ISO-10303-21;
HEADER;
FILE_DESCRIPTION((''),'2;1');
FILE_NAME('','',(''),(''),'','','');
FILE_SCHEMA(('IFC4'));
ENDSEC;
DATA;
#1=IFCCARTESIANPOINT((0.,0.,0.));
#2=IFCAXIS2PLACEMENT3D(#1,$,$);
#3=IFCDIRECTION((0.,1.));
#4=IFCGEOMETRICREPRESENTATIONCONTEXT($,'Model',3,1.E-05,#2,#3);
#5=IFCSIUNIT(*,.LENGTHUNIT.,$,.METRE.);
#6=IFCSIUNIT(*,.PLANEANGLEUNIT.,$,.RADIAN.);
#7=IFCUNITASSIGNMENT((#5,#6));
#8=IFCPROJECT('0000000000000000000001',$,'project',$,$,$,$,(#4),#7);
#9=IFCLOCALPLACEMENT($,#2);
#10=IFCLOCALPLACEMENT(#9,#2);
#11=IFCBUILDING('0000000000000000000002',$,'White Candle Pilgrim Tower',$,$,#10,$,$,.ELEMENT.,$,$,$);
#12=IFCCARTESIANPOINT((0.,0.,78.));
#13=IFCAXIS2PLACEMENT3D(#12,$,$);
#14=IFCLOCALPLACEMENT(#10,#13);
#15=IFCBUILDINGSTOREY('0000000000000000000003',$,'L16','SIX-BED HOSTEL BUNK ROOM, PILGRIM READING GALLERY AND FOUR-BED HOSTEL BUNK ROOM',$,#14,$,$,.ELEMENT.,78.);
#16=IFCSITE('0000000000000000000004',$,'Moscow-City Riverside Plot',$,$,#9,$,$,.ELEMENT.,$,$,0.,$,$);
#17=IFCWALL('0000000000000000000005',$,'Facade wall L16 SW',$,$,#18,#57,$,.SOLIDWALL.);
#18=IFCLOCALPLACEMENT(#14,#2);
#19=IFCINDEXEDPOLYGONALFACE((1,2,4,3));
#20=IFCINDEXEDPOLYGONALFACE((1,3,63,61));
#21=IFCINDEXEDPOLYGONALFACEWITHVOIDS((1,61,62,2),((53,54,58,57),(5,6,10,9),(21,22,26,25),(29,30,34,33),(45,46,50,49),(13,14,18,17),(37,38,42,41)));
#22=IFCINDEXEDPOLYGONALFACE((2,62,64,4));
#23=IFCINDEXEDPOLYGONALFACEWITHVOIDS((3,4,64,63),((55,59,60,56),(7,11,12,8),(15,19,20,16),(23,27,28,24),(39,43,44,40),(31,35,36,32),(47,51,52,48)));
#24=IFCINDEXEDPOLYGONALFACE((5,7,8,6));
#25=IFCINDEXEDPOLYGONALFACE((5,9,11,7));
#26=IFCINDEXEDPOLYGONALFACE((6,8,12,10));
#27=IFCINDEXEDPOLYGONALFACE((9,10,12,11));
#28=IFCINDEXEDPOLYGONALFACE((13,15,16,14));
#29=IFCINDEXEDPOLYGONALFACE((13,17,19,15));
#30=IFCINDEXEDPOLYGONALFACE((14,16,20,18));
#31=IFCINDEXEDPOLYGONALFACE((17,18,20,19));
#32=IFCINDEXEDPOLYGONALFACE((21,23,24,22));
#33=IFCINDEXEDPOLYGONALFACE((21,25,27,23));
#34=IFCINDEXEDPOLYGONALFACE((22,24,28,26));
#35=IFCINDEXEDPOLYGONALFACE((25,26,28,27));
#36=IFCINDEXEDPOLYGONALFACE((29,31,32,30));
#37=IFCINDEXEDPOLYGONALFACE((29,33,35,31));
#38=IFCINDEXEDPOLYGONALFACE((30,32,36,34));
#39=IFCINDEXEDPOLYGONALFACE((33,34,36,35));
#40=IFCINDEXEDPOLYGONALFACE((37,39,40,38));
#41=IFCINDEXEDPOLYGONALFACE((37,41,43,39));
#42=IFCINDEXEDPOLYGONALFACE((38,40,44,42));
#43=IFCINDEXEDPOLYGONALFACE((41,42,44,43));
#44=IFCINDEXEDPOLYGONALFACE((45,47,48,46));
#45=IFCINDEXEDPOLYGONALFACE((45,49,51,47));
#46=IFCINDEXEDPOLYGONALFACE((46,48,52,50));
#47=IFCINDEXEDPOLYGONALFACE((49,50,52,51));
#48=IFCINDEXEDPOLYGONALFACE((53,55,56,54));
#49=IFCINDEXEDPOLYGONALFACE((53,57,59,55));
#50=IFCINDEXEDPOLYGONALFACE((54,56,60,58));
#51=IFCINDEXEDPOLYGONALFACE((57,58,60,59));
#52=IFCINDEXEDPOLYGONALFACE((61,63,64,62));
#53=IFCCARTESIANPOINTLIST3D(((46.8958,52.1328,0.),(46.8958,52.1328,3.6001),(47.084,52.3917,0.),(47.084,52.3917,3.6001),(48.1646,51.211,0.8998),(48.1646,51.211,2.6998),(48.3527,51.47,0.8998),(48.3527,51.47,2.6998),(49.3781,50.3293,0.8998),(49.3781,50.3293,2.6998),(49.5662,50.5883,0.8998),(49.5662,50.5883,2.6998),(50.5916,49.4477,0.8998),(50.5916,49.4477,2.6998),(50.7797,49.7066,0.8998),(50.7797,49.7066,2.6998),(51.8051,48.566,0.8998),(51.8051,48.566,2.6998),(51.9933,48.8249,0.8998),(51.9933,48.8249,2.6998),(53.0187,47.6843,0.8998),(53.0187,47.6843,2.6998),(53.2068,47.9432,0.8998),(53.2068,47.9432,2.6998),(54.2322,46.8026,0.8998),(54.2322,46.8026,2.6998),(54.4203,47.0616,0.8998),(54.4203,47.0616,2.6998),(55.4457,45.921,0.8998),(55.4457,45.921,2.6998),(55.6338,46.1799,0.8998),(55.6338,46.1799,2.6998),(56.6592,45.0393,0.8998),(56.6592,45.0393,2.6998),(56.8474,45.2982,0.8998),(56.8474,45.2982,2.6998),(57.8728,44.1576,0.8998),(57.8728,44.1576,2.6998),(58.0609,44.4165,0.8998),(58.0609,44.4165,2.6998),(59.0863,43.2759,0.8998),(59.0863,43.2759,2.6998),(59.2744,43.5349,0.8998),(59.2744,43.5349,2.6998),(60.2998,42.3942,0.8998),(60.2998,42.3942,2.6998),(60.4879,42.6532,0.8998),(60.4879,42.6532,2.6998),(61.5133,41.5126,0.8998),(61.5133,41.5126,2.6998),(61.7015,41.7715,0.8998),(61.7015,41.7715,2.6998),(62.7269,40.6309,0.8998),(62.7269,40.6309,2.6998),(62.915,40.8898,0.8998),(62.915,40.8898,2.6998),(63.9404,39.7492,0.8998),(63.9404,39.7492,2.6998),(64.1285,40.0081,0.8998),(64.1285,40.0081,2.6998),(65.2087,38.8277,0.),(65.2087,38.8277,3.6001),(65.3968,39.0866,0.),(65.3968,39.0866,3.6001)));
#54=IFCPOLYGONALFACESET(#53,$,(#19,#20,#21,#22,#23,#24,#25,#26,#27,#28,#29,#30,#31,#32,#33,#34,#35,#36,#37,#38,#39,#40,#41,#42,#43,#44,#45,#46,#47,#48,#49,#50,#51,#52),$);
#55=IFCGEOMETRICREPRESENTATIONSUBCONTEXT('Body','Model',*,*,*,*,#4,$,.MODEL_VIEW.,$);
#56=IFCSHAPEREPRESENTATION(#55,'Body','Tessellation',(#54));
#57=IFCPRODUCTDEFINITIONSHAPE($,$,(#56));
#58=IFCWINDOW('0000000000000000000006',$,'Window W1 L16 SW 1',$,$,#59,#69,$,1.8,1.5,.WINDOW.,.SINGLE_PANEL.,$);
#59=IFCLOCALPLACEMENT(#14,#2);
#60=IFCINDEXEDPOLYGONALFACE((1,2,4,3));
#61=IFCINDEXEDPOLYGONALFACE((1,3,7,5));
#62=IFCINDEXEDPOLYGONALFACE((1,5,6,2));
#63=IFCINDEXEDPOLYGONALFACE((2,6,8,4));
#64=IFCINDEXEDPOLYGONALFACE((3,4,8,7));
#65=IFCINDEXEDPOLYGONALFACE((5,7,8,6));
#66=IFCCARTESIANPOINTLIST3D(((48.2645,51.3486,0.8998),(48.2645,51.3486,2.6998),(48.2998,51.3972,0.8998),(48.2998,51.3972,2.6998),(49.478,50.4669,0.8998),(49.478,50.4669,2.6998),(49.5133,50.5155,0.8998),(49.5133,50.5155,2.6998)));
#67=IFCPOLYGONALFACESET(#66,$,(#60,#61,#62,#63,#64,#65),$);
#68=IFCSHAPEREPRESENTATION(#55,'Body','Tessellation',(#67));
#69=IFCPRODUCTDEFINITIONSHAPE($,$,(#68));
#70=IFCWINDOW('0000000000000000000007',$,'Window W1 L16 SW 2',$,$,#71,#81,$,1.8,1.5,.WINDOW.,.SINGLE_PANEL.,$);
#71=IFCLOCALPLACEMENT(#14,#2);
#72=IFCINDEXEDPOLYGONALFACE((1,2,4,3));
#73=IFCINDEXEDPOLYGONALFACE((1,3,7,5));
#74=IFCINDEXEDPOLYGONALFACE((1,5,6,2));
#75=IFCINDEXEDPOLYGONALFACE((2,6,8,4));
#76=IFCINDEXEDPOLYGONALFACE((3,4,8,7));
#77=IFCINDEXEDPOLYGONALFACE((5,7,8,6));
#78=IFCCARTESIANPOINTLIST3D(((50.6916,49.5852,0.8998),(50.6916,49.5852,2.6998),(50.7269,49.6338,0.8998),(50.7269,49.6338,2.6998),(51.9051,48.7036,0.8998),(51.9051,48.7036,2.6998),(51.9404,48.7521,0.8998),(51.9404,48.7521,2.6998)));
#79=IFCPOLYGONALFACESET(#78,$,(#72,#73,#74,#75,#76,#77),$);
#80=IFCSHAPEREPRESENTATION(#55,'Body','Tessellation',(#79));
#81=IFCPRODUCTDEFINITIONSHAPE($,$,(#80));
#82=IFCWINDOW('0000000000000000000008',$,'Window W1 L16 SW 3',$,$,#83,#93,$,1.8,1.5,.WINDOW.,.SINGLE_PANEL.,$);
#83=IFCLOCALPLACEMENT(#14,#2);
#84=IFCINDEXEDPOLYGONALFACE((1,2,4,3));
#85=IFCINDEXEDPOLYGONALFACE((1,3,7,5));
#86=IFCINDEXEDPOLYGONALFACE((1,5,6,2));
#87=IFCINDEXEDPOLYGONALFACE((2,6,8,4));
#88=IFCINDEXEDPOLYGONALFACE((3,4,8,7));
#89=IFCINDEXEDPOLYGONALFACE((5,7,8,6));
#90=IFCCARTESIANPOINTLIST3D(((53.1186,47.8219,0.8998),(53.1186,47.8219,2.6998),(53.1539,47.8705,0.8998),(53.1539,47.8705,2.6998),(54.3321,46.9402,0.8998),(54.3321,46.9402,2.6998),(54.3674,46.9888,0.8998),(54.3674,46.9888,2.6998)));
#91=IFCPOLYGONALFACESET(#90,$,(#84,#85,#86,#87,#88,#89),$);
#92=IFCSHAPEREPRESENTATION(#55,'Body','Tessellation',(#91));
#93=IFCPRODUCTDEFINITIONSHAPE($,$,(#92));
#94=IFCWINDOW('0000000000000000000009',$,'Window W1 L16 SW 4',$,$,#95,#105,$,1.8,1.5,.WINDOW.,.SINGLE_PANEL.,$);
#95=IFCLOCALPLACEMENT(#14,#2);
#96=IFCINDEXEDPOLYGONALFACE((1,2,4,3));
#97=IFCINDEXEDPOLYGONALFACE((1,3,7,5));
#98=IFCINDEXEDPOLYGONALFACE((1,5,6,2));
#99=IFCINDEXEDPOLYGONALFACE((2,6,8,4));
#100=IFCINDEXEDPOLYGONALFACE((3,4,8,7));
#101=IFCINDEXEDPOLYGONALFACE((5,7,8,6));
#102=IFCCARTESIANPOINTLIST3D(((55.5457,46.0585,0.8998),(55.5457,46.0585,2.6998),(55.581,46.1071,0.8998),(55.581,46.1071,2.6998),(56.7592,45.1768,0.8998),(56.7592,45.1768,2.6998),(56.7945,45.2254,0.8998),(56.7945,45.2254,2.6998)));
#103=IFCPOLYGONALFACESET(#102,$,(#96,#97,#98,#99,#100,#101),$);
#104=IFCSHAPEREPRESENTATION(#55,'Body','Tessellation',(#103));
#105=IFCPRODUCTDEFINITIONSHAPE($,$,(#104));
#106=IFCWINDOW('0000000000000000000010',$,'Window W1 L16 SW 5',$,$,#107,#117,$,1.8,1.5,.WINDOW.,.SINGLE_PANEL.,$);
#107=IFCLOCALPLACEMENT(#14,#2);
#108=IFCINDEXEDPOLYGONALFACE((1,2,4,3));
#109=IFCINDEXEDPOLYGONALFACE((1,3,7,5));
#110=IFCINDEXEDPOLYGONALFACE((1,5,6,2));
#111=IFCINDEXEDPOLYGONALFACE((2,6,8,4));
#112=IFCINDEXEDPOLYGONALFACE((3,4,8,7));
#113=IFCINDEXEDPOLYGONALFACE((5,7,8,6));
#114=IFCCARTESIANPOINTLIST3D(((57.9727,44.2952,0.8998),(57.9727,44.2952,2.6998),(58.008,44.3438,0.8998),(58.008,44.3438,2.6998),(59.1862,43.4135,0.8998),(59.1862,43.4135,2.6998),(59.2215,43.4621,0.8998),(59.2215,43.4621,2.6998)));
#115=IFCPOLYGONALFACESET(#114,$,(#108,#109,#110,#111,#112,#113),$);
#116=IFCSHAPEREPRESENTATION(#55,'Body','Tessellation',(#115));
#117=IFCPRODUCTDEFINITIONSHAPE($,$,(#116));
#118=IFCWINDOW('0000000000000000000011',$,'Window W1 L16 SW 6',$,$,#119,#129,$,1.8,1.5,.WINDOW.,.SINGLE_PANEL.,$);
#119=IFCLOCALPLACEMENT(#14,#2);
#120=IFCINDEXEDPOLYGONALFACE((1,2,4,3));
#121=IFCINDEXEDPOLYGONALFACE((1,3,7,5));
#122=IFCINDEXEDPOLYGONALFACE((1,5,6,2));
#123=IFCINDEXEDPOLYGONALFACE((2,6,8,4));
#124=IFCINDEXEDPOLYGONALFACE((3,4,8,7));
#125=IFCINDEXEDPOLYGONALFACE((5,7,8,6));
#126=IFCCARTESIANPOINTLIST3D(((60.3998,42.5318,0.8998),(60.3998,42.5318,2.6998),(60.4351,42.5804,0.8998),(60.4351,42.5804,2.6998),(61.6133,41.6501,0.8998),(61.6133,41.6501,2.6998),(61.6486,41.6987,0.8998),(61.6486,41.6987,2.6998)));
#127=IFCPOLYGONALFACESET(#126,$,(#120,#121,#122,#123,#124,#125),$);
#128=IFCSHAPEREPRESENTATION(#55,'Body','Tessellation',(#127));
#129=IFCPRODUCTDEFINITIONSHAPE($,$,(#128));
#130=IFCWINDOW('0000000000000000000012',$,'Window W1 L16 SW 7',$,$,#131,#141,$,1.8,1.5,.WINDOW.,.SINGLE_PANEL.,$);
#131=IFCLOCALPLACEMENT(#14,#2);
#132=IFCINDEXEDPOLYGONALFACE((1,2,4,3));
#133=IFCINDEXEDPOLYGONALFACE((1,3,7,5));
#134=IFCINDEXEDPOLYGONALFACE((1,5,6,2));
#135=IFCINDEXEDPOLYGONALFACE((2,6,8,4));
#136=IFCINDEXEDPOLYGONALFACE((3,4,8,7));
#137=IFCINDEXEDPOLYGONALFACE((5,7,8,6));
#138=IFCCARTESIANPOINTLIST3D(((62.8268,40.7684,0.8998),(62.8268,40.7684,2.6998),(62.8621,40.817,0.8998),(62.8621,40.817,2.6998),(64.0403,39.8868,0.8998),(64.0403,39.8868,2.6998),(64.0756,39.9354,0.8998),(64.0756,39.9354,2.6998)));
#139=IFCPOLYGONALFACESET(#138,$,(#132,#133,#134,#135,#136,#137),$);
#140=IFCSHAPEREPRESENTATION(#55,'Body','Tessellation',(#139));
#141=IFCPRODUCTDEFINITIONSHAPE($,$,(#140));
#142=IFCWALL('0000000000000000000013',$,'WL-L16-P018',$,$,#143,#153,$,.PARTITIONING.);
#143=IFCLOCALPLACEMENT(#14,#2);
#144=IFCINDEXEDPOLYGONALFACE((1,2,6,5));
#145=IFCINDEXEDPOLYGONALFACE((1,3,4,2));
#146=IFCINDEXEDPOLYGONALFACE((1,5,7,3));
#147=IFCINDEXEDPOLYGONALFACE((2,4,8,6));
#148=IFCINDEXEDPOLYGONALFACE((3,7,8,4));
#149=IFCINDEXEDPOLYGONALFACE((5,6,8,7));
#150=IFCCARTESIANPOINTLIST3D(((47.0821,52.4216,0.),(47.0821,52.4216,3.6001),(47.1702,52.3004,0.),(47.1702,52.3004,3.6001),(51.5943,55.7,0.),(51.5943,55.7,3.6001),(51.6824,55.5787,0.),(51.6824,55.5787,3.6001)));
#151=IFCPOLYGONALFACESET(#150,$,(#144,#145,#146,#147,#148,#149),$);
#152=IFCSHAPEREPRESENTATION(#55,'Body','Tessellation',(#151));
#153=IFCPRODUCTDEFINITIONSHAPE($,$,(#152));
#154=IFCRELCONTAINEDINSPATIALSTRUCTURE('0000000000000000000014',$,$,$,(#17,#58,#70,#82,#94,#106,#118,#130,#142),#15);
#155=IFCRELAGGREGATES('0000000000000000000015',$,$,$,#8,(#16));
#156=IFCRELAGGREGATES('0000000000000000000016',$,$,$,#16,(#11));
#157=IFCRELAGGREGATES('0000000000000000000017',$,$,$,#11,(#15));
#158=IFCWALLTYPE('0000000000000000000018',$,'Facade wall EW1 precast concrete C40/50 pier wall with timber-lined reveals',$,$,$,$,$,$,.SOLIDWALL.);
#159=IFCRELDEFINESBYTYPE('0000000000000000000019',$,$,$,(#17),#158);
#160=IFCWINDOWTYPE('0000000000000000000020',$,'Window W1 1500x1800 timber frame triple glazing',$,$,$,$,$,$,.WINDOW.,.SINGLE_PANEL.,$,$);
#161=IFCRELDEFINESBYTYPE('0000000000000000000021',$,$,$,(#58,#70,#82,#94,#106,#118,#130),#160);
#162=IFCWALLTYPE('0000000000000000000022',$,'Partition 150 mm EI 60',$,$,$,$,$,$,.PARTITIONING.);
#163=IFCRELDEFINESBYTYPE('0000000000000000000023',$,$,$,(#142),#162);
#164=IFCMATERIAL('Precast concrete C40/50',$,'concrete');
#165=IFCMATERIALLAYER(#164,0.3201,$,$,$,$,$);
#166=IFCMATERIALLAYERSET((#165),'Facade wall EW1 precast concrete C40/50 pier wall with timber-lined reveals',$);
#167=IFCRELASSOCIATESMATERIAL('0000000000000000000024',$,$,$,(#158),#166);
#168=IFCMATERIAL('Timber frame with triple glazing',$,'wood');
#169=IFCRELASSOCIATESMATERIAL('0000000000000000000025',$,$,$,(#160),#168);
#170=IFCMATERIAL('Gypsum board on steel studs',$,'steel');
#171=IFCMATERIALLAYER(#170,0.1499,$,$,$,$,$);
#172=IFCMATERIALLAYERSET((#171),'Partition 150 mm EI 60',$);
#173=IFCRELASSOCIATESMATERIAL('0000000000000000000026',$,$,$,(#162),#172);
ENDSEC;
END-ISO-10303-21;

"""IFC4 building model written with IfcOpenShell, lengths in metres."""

from ifc_helpers import new_model, si_unit, direction, frame, frame_2d, origin, place, context, subcontext, project, spatial, rectangle, extrude, material, layer, layer_set, type_object, element, fill, save


model = new_model("IFC4")

# Units and contexts
model_context = context("Model", 3, precision=1e-05, world=origin(), true_north=direction((0.0, 1.0)))
body_context = subcontext(model_context, "Body", "Model", "MODEL_VIEW")
ifc_project = project(units=[si_unit("LENGTHUNIT", "METRE"), si_unit("PLANEANGLEUNIT", "RADIAN")], contexts=[model_context])

# Site, building, storey
site_placement = place(None, origin())
site = spatial("IfcSite", under=ifc_project, at=site_placement, Name="Moscow-City Riverside Plot", CompositionType="ELEMENT", RefElevation=0.0)
building_placement = place(site_placement, origin())
building = spatial("IfcBuilding", under=site, at=building_placement, Name="White Candle Pilgrim Tower", CompositionType="ELEMENT")
storey_placement = place(building_placement, frame((0.0, 0.0, 78.0)))
storey = spatial("IfcBuildingStorey", under=building, at=storey_placement, Name="L16", Description="SIX-BED HOSTEL BUNK ROOM, PILGRIM READING GALLERY AND FOUR-BED HOSTEL BUNK ROOM", CompositionType="ELEMENT", Elevation=78.0)

# Shared definitions
ifc_material_1 = material(Name="Gypsum board on steel studs", Category="steel")

# Wall, openings, windows
ifc_material_2 = material(Name="Precast concrete C40/50", Category="concrete")
ifc_layer_1 = layer(ifc_material_2, 0.3201)
ifc_layer_set_1 = layer_set([ifc_layer_1], Name="Facade wall EW1 precast concrete C40/50 pier wall with timber-lined reveals")
wall_type_1 = type_object("IfcWallType", Name="Facade wall EW1 precast concrete C40/50 pier wall with timber-lined reveals", PredefinedType="SOLIDWALL", material=ifc_layer_set_1)
wall_1_placement = place(storey_placement, frame((46.99, 52.2622, 0.0), z_axis=(0.0, 0.0, 1.0), x_axis=(0.809017, -0.587786, 0.0)))
wall_1 = element("IfcWall", 1, at=wall_1_placement, inside=storey, type_object=wall_type_1, Name="Facade wall L16 SW", PredefinedType="SOLIDWALL", context=body_context, shape_type="SweptSolid", body=[
    extrude(rectangle(XDim=22.636, YDim=0.3201, at=frame_2d((11.3179, 0.0))), origin(), (0.0, 0.0, 1.0), 3.6001),
])
opening_1_placement = place(wall_1_placement, frame((1.5681, 0.0, 0.8999)))
opening_1 = element("IfcOpeningElement", 2, at=opening_1_placement, cuts=wall_1, PredefinedType="OPENING", context=body_context, shape_type="SweptSolid", body=[
    extrude(rectangle(XDim=1.5, YDim=1.8, at=frame_2d((0.75, 0.8999))), frame((0.0, 0.1699, 0.0), z_axis=(0.0, -1.0, 0.0), x_axis=(1.0, 0.0, 0.0)), (0.0, 0.0, 1.0), 0.3401),
])
opening_2_placement = place(wall_1_placement, frame((4.5681, 0.0, 0.8999)))
opening_2 = element("IfcOpeningElement", 3, at=opening_2_placement, cuts=wall_1, PredefinedType="OPENING", context=body_context, shape_type="SweptSolid", body=[
    extrude(rectangle(XDim=1.5, YDim=1.8, at=frame_2d((0.75, 0.8999))), frame((0.0, 0.1699, 0.0), z_axis=(0.0, -1.0, 0.0), x_axis=(1.0, 0.0, 0.0)), (0.0, 0.0, 1.0), 0.3401),
])
opening_3_placement = place(wall_1_placement, frame((7.5681, 0.0, 0.8999)))
opening_3 = element("IfcOpeningElement", 4, at=opening_3_placement, cuts=wall_1, PredefinedType="OPENING", context=body_context, shape_type="SweptSolid", body=[
    extrude(rectangle(XDim=1.5, YDim=1.8, at=frame_2d((0.75, 0.8999))), frame((0.0, 0.1699, 0.0), z_axis=(0.0, -1.0, 0.0), x_axis=(1.0, 0.0, 0.0)), (0.0, 0.0, 1.0), 0.3401),
])
opening_4_placement = place(wall_1_placement, frame((10.5681, 0.0, 0.8999)))
opening_4 = element("IfcOpeningElement", 5, at=opening_4_placement, cuts=wall_1, PredefinedType="OPENING", context=body_context, shape_type="SweptSolid", body=[
    extrude(rectangle(XDim=1.5, YDim=1.8, at=frame_2d((0.75, 0.8999))), frame((0.0, 0.1699, 0.0), z_axis=(0.0, -1.0, 0.0), x_axis=(1.0, 0.0, 0.0)), (0.0, 0.0, 1.0), 0.3401),
])
opening_5_placement = place(wall_1_placement, frame((13.5681, 0.0, 0.8999)))
opening_5 = element("IfcOpeningElement", 6, at=opening_5_placement, cuts=wall_1, PredefinedType="OPENING", context=body_context, shape_type="SweptSolid", body=[
    extrude(rectangle(XDim=1.5, YDim=1.8, at=frame_2d((0.75, 0.8999))), frame((0.0, 0.1699, 0.0), z_axis=(0.0, -1.0, 0.0), x_axis=(1.0, 0.0, 0.0)), (0.0, 0.0, 1.0), 0.3401),
])
opening_6_placement = place(wall_1_placement, frame((16.5681, 0.0, 0.8999)))
opening_6 = element("IfcOpeningElement", 7, at=opening_6_placement, cuts=wall_1, PredefinedType="OPENING", context=body_context, shape_type="SweptSolid", body=[
    extrude(rectangle(XDim=1.5, YDim=1.8, at=frame_2d((0.75, 0.8999))), frame((0.0, 0.1699, 0.0), z_axis=(0.0, -1.0, 0.0), x_axis=(1.0, 0.0, 0.0)), (0.0, 0.0, 1.0), 0.3401),
])
opening_7_placement = place(wall_1_placement, frame((19.5681, 0.0, 0.8999)))
opening_7 = element("IfcOpeningElement", 8, at=opening_7_placement, cuts=wall_1, PredefinedType="OPENING", context=body_context, shape_type="SweptSolid", body=[
    extrude(rectangle(XDim=1.5, YDim=1.8, at=frame_2d((0.75, 0.8999))), frame((0.0, 0.1699, 0.0), z_axis=(0.0, -1.0, 0.0), x_axis=(1.0, 0.0, 0.0)), (0.0, 0.0, 1.0), 0.3401),
])
ifc_material_3 = material(Name="Timber frame with triple glazing", Category="wood")
window_type = type_object("IfcWindowType", Name="Window W1 1500x1800 timber frame triple glazing", PartitioningType="SINGLE_PANEL", PredefinedType="WINDOW", material=ifc_material_3)
window_1_placement = place(opening_1_placement, origin())
window_1 = element("IfcWindow", 9, at=window_1_placement, inside=storey, type_object=window_type, Name="Window W1 L16 SW 1", OverallHeight=1.8, OverallWidth=1.5, PartitioningType="SINGLE_PANEL", PredefinedType="WINDOW", context=body_context, shape_type="SweptSolid", body=[
    extrude(rectangle(XDim=1.5, YDim=1.8, at=frame_2d((0.75, 0.8999))), frame((0.0, 0.0701, 0.0), z_axis=(0.0, -1.0, 0.0), x_axis=(1.0, 0.0, 0.0)), (0.0, 0.0, 1.0), 0.0601),
])
fill(opening_1, window_1)
window_2_placement = place(opening_2_placement, origin())
window_2 = element("IfcWindow", 10, at=window_2_placement, inside=storey, type_object=window_type, Name="Window W1 L16 SW 2", OverallHeight=1.8, OverallWidth=1.5, PartitioningType="SINGLE_PANEL", PredefinedType="WINDOW", context=body_context, shape_type="SweptSolid", body=[
    extrude(rectangle(XDim=1.5, YDim=1.8, at=frame_2d((0.75, 0.8999))), frame((0.0, 0.0701, 0.0), z_axis=(0.0, -1.0, 0.0), x_axis=(1.0, 0.0, 0.0)), (0.0, 0.0, 1.0), 0.0601),
])
fill(opening_2, window_2)
window_3_placement = place(opening_3_placement, origin())
window_3 = element("IfcWindow", 11, at=window_3_placement, inside=storey, type_object=window_type, Name="Window W1 L16 SW 3", OverallHeight=1.8, OverallWidth=1.5, PartitioningType="SINGLE_PANEL", PredefinedType="WINDOW", context=body_context, shape_type="SweptSolid", body=[
    extrude(rectangle(XDim=1.5, YDim=1.8, at=frame_2d((0.75, 0.8999))), frame((0.0, 0.0701, 0.0), z_axis=(0.0, -1.0, 0.0), x_axis=(1.0, 0.0, 0.0)), (0.0, 0.0, 1.0), 0.0601),
])
fill(opening_3, window_3)
window_4_placement = place(opening_4_placement, origin())
window_4 = element("IfcWindow", 12, at=window_4_placement, inside=storey, type_object=window_type, Name="Window W1 L16 SW 4", OverallHeight=1.8, OverallWidth=1.5, PartitioningType="SINGLE_PANEL", PredefinedType="WINDOW", context=body_context, shape_type="SweptSolid", body=[
    extrude(rectangle(XDim=1.5, YDim=1.8, at=frame_2d((0.75, 0.8999))), frame((0.0, 0.0701, 0.0), z_axis=(0.0, -1.0, 0.0), x_axis=(1.0, 0.0, 0.0)), (0.0, 0.0, 1.0), 0.0601),
])
fill(opening_4, window_4)
window_5_placement = place(opening_5_placement, origin())
window_5 = element("IfcWindow", 13, at=window_5_placement, inside=storey, type_object=window_type, Name="Window W1 L16 SW 5", OverallHeight=1.8, OverallWidth=1.5, PartitioningType="SINGLE_PANEL", PredefinedType="WINDOW", context=body_context, shape_type="SweptSolid", body=[
    extrude(rectangle(XDim=1.5, YDim=1.8, at=frame_2d((0.75, 0.8999))), frame((0.0, 0.0701, 0.0), z_axis=(0.0, -1.0, 0.0), x_axis=(1.0, 0.0, 0.0)), (0.0, 0.0, 1.0), 0.0601),
])
fill(opening_5, window_5)
window_6_placement = place(opening_6_placement, origin())
window_6 = element("IfcWindow", 14, at=window_6_placement, inside=storey, type_object=window_type, Name="Window W1 L16 SW 6", OverallHeight=1.8, OverallWidth=1.5, PartitioningType="SINGLE_PANEL", PredefinedType="WINDOW", context=body_context, shape_type="SweptSolid", body=[
    extrude(rectangle(XDim=1.5, YDim=1.8, at=frame_2d((0.75, 0.8999))), frame((0.0, 0.0701, 0.0), z_axis=(0.0, -1.0, 0.0), x_axis=(1.0, 0.0, 0.0)), (0.0, 0.0, 1.0), 0.0601),
])
fill(opening_6, window_6)
window_7_placement = place(opening_7_placement, origin())
window_7 = element("IfcWindow", 15, at=window_7_placement, inside=storey, type_object=window_type, Name="Window W1 L16 SW 7", OverallHeight=1.8, OverallWidth=1.5, PartitioningType="SINGLE_PANEL", PredefinedType="WINDOW", context=body_context, shape_type="SweptSolid", body=[
    extrude(rectangle(XDim=1.5, YDim=1.8, at=frame_2d((0.75, 0.8999))), frame((0.0, 0.0701, 0.0), z_axis=(0.0, -1.0, 0.0), x_axis=(1.0, 0.0, 0.0)), (0.0, 0.0, 1.0), 0.0601),
])
fill(opening_7, window_7)

# Wall
ifc_layer_2 = layer(ifc_material_1, 0.1499)
ifc_layer_set_2 = layer_set([ifc_layer_2], Name="Partition 150 mm EI 60")
wall_type_2 = type_object("IfcWallType", Name="Partition 150 mm EI 60", PredefinedType="PARTITIONING", material=ifc_layer_set_2)
wall_2_placement = place(storey_placement, frame((47.1262, 52.3611, 0.0), z_axis=(0.0, 0.0, 1.0), x_axis=(0.809016, 0.587786, 0.0)))
element("IfcWall", 16, at=wall_2_placement, inside=storey, type_object=wall_type_2, Name="WL-L16-P018", PredefinedType="PARTITIONING", context=body_context, shape_type="SweptSolid", body=[
    extrude(rectangle(XDim=5.5774, YDim=0.1499, at=frame_2d((2.7886, 0.0))), origin(), (0.0, 0.0, 1.0), 3.6001),
])

save(model, "model.ifc")
